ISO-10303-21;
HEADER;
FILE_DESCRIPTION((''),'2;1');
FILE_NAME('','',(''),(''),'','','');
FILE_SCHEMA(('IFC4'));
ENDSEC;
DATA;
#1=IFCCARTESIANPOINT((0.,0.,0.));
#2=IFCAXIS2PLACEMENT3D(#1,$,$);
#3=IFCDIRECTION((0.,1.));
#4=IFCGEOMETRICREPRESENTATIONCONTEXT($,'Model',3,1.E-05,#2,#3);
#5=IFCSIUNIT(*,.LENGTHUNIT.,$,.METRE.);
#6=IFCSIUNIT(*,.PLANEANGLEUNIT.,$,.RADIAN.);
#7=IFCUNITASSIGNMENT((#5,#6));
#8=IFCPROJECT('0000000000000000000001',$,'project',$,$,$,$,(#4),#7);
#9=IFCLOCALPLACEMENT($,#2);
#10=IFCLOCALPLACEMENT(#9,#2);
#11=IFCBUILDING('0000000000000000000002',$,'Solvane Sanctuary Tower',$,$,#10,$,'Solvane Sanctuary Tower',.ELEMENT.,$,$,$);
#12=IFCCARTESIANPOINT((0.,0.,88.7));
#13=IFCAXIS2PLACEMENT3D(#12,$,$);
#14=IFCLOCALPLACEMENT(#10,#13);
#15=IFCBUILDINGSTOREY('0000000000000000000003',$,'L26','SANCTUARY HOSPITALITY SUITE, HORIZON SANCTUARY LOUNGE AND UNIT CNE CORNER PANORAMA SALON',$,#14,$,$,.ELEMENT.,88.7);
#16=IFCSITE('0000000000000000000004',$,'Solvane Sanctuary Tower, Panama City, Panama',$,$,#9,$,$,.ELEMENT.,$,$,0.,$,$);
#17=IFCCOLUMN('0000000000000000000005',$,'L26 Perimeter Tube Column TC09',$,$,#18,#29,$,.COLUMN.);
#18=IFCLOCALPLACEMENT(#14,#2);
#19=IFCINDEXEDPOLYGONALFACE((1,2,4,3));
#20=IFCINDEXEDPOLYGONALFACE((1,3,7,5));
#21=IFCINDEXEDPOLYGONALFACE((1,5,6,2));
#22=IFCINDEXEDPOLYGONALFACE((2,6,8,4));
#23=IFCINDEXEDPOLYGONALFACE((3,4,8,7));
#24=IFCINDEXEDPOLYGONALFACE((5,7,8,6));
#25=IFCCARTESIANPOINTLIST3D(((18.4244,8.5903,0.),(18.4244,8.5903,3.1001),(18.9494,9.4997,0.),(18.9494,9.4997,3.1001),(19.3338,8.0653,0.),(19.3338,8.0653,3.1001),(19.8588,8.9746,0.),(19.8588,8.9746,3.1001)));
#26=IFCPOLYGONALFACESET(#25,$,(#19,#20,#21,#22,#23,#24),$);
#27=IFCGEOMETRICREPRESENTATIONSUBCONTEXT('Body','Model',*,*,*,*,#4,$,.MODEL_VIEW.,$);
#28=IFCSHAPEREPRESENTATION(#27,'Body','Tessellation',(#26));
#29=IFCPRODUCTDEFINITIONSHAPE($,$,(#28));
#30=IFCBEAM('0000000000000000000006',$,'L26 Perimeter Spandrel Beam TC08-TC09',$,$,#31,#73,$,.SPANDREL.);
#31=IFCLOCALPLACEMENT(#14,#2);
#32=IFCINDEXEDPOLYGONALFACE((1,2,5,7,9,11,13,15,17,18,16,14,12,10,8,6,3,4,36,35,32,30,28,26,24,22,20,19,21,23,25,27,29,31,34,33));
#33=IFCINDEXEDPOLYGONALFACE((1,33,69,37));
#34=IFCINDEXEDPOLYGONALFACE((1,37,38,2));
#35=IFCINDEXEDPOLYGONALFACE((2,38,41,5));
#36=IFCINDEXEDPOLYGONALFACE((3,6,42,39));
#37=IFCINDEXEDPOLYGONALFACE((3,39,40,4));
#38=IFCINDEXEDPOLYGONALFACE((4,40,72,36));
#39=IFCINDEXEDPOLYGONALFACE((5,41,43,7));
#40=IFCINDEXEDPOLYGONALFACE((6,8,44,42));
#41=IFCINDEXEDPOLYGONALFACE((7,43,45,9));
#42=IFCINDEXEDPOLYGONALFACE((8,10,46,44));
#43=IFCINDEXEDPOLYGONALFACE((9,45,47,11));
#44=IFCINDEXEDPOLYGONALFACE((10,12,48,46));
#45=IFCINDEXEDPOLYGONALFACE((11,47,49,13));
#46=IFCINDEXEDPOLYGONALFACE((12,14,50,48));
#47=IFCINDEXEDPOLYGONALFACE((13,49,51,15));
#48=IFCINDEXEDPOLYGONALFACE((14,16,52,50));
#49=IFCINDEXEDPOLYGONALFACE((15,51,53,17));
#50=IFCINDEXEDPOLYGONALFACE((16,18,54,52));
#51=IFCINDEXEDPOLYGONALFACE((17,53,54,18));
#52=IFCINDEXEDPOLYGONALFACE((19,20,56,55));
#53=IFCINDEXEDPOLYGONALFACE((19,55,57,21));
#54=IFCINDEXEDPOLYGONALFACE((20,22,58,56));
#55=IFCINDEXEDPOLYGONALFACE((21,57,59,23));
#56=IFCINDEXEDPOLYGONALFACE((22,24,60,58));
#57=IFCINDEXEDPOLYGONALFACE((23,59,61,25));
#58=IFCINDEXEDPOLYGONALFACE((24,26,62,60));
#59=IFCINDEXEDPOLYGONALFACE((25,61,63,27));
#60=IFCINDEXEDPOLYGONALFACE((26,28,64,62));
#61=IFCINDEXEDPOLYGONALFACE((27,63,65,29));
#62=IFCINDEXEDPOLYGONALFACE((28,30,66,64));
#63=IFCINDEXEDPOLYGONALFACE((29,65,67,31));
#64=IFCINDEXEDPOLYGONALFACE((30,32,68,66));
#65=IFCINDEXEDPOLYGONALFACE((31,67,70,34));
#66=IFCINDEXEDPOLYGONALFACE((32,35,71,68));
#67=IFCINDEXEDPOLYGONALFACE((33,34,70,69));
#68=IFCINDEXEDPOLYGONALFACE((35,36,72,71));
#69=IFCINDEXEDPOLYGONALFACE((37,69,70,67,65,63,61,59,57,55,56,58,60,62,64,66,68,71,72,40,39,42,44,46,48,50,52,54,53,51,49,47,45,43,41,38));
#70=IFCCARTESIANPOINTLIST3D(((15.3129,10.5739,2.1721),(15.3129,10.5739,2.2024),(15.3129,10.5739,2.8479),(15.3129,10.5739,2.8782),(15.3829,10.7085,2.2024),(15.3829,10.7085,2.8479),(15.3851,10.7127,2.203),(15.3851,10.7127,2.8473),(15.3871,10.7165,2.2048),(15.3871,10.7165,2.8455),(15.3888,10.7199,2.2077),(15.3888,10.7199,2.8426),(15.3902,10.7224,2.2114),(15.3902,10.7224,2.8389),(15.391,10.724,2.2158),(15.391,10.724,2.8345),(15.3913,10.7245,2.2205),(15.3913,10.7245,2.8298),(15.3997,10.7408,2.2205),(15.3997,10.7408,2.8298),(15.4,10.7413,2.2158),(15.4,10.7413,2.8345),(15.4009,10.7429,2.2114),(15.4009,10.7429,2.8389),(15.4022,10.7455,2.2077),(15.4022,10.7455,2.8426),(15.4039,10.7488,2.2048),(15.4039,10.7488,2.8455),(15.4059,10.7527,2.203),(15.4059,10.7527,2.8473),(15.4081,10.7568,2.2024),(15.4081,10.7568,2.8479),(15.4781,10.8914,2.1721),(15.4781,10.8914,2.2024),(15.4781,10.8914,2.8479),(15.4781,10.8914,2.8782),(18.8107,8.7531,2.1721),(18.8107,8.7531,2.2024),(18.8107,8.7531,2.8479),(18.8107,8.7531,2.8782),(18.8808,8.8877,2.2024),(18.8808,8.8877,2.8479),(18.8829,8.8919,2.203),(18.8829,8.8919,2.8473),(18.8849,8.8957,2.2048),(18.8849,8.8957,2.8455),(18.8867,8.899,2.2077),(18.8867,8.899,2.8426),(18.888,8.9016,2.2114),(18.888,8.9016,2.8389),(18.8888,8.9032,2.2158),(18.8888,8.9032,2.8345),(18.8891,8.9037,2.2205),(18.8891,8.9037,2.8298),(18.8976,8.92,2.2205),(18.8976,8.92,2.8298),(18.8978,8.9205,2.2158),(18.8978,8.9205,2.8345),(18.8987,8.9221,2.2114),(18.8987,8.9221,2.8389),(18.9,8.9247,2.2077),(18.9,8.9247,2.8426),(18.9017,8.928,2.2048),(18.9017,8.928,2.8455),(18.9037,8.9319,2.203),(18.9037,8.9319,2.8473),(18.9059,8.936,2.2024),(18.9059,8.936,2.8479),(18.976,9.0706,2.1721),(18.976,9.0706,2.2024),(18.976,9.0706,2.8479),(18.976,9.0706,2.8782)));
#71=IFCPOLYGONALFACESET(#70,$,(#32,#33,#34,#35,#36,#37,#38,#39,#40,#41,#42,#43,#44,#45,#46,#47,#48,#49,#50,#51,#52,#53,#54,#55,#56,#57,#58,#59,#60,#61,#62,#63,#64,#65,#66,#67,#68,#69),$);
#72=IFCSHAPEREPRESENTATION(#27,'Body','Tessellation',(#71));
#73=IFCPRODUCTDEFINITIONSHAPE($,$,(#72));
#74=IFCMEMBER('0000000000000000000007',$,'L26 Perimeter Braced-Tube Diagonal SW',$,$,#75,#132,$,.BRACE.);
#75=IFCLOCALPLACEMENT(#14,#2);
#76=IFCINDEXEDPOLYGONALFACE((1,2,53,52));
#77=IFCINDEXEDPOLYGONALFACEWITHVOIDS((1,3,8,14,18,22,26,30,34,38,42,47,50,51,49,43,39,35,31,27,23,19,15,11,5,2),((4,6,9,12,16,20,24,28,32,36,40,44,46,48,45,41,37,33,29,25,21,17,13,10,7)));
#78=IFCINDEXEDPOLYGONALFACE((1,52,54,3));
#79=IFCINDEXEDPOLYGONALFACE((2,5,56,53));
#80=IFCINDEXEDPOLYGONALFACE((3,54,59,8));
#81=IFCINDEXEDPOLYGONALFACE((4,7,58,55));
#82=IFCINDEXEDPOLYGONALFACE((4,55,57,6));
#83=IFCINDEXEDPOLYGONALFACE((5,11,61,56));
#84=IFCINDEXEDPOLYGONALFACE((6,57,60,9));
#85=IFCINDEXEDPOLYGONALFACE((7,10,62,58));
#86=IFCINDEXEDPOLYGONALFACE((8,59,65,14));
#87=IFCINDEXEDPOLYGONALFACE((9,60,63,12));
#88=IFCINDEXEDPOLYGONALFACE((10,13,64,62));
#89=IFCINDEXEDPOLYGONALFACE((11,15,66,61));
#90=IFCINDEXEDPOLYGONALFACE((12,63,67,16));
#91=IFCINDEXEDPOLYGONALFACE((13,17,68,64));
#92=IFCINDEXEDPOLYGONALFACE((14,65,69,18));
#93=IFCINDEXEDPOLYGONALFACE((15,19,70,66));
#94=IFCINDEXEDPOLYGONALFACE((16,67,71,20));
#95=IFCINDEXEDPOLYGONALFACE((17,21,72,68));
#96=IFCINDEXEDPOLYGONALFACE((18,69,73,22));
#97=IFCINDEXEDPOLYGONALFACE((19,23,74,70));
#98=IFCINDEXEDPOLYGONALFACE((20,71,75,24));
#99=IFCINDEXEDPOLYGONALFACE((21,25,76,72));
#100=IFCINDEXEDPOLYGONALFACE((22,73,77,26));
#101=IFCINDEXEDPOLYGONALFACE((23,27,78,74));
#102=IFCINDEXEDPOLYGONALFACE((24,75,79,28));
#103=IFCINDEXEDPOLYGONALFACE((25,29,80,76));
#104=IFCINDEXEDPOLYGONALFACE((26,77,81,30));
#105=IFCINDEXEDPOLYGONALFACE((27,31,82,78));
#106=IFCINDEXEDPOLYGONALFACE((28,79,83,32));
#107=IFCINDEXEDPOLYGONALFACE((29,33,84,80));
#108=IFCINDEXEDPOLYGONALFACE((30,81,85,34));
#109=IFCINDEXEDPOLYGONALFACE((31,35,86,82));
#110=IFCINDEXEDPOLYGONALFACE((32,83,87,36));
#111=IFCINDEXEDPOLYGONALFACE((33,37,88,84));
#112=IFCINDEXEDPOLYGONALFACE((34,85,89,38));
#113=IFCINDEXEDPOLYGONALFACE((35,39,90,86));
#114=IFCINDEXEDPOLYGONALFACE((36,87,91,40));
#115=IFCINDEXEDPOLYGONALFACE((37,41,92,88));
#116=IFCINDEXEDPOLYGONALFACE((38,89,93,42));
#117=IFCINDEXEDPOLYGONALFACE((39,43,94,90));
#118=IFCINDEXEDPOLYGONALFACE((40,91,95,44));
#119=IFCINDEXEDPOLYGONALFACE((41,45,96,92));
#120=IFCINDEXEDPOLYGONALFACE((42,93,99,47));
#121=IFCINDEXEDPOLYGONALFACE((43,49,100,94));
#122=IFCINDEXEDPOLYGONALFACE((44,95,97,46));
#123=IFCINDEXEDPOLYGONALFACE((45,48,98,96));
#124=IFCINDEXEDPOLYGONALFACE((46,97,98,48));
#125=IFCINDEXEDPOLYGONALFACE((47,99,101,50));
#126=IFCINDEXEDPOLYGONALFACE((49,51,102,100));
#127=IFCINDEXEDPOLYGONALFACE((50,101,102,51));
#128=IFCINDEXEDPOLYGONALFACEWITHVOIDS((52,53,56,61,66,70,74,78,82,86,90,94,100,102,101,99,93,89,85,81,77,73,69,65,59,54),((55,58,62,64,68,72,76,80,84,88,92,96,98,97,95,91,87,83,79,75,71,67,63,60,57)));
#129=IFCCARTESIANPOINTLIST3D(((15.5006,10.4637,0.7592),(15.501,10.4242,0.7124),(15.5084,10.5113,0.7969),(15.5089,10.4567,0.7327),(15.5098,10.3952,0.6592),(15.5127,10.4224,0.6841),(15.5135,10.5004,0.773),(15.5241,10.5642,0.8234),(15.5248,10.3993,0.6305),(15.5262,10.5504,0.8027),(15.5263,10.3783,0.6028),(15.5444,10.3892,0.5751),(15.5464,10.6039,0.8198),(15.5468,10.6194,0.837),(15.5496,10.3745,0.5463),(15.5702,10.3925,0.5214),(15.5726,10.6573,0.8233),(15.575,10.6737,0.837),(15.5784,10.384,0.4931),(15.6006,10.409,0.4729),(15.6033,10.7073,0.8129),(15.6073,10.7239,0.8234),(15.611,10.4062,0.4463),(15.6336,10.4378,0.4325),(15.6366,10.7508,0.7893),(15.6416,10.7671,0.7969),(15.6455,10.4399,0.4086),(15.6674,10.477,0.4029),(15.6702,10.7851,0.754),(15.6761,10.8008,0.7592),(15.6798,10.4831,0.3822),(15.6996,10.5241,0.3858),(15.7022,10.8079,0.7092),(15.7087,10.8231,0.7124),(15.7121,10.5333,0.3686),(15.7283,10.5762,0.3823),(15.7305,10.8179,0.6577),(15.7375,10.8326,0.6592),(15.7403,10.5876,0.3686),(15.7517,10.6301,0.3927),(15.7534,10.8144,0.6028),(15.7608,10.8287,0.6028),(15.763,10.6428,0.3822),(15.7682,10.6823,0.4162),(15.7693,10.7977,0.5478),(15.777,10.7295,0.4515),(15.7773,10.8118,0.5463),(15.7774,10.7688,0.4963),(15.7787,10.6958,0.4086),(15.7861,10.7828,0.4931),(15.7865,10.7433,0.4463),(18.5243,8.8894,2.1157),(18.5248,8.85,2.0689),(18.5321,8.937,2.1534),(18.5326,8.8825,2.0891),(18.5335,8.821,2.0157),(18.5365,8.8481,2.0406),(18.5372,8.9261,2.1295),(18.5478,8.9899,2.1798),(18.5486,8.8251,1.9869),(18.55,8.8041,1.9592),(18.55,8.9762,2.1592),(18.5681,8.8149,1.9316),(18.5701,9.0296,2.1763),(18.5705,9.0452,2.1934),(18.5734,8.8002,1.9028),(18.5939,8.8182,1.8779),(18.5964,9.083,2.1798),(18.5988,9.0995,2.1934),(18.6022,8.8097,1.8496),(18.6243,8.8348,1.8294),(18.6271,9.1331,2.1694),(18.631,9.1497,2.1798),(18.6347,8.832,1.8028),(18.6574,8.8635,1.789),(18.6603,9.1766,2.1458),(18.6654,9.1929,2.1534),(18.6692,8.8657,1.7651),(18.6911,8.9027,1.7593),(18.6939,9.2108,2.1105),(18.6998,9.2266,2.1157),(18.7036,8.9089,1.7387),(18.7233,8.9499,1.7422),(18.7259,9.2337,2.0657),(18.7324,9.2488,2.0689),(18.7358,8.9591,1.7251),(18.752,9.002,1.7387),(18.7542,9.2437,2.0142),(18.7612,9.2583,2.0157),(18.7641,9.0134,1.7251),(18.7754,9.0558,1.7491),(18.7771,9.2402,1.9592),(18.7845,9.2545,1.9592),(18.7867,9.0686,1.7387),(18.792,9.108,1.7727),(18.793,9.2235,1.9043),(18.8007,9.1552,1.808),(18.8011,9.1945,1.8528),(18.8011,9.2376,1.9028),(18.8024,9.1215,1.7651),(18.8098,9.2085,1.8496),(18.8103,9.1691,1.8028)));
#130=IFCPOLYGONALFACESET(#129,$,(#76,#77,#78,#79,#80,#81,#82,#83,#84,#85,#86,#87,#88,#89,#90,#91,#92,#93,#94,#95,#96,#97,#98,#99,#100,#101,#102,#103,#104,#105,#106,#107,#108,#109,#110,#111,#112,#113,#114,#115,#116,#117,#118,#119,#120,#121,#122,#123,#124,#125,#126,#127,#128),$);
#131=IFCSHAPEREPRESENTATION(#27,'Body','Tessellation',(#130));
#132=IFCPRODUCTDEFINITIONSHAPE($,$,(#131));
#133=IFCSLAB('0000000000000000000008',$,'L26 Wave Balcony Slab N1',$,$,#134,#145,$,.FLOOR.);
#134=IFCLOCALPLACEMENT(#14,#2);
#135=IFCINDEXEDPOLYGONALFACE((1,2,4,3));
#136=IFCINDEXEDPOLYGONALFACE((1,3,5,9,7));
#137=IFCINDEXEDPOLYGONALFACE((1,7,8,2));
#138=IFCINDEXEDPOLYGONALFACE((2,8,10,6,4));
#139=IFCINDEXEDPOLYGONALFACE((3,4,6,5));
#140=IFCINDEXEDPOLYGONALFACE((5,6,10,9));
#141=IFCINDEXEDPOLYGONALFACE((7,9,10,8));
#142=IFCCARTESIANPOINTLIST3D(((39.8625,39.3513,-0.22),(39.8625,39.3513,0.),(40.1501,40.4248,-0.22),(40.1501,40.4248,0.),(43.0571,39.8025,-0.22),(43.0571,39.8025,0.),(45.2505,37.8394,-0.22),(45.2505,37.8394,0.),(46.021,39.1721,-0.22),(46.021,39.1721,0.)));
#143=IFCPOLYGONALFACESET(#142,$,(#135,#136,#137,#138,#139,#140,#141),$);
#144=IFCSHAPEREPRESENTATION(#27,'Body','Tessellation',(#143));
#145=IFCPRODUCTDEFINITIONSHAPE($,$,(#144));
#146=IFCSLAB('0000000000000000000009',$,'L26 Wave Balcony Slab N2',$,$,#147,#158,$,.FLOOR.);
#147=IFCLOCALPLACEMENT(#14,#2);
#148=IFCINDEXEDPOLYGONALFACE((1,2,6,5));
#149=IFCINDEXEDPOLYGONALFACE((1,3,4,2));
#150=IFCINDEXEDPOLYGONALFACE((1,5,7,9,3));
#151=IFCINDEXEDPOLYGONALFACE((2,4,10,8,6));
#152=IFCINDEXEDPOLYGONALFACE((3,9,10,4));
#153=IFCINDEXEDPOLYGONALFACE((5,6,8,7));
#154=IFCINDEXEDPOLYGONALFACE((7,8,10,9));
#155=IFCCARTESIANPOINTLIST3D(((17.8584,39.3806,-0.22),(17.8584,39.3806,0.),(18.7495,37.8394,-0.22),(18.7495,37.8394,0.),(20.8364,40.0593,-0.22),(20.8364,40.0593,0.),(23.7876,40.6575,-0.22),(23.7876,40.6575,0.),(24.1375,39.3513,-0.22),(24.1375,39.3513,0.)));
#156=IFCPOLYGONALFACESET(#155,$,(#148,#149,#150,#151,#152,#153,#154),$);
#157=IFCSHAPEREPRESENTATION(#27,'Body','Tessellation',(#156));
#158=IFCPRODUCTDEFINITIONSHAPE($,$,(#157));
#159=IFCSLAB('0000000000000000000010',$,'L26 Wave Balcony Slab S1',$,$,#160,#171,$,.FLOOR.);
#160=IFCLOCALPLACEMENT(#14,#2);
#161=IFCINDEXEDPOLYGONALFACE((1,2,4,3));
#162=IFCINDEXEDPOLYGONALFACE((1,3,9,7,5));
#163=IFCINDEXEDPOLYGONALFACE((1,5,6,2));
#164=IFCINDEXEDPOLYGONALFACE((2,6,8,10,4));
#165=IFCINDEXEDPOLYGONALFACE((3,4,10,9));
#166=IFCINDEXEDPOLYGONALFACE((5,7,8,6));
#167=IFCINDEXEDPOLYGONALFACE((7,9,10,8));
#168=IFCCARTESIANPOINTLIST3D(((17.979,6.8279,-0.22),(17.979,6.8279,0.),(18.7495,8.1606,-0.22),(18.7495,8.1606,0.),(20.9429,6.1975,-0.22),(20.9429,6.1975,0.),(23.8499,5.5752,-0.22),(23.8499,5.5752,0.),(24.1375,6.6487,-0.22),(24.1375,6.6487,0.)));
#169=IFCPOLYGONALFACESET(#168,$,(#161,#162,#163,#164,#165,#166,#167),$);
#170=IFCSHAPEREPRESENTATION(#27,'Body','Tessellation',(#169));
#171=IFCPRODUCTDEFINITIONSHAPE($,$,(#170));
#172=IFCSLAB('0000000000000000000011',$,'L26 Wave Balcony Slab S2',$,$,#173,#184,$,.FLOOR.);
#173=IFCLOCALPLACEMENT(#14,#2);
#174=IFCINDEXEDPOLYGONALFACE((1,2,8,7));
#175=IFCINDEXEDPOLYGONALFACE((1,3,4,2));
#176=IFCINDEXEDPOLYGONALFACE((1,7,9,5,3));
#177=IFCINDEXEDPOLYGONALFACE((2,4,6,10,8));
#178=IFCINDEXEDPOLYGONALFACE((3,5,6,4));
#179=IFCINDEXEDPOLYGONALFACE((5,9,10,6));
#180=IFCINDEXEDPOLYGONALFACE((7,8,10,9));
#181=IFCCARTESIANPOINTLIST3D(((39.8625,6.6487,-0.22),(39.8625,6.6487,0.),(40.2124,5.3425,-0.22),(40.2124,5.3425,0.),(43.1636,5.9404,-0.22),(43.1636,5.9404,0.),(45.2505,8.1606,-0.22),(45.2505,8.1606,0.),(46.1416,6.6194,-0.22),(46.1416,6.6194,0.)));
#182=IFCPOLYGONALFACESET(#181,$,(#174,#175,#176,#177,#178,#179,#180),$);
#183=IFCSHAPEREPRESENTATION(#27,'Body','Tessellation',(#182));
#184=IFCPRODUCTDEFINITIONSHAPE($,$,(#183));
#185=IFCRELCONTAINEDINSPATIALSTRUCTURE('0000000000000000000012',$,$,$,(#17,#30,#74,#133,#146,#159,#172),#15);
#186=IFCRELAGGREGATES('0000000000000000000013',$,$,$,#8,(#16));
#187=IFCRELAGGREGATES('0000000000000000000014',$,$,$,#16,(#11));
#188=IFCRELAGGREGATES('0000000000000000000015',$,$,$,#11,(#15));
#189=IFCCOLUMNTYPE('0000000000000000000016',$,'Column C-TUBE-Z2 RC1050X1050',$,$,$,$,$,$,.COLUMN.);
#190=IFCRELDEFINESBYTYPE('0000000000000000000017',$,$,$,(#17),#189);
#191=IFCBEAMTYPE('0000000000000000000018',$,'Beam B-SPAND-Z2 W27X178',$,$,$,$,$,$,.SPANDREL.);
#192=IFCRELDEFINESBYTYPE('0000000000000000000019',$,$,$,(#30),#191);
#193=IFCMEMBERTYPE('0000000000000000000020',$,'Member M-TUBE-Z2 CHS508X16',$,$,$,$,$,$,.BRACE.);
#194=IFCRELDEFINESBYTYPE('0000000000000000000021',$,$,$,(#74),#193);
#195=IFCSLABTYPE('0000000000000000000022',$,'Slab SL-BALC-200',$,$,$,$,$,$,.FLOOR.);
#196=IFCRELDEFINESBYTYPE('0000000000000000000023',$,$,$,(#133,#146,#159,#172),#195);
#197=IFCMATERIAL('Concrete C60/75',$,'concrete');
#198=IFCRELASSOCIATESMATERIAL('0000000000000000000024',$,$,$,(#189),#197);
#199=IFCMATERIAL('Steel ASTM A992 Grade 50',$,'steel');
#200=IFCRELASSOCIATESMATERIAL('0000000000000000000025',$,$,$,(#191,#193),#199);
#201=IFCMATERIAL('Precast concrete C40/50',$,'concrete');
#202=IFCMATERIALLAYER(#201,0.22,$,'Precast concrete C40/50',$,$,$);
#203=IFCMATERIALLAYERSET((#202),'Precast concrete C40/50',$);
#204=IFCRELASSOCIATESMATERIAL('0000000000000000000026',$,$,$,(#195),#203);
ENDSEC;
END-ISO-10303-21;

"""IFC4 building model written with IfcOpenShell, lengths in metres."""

from ifc_helpers import new_model, si_unit, direction, frame, origin, origin_2d, place, context, subcontext, project, spatial, polyline, rectangle, hollow_circle, i_section, outline, extrude, material, layer, layer_set, material_profile, profile_set, type_object, element, save


model = new_model("IFC4")

# Units and contexts
model_context = context("Model", 3, precision=1e-05, world=origin(), true_north=direction((0.0, 1.0)))
body_context = subcontext(model_context, "Body", "Model", "MODEL_VIEW")
ifc_project = project(units=[si_unit("LENGTHUNIT", "METRE"), si_unit("PLANEANGLEUNIT", "RADIAN")], contexts=[model_context])

# Site, building, storey
site_placement = place(None, origin())
site = spatial("IfcSite", under=ifc_project, at=site_placement, Name="Solvane Sanctuary Tower, Panama City, Panama", CompositionType="ELEMENT", RefElevation=0.0)
building_placement = place(site_placement, origin())
building = spatial("IfcBuilding", under=site, at=building_placement, Name="Solvane Sanctuary Tower", LongName="Solvane Sanctuary Tower", CompositionType="ELEMENT")
storey_placement = place(building_placement, frame((0.0, 0.0, 88.7)))
storey = spatial("IfcBuildingStorey", under=building, at=storey_placement, Name="L26", Description="SANCTUARY HOSPITALITY SUITE, HORIZON SANCTUARY LOUNGE AND UNIT CNE CORNER PANORAMA SALON", CompositionType="ELEMENT", Elevation=88.7)

# Column
ifc_material_1 = material(Name="Concrete C60/75", Category="concrete")
ifc_material_profile_1 = material_profile(ifc_material_1, rectangle(XDim=1.05, YDim=1.05, at=origin_2d()), Name="RC1050X1050")
ifc_profile_set_1 = profile_set([ifc_material_profile_1], Name="Concrete C60/75")
column_type = type_object("IfcColumnType", Name="Column C-TUBE-Z2 RC1050X1050", PredefinedType="COLUMN", material=ifc_profile_set_1)
column_placement = place(storey_placement, frame((19.1416, 8.7825, 0.0), z_axis=(0.0, 0.0, 1.0), x_axis=(-0.5, -0.866025, 0.0)))
element("IfcColumn", 1, at=column_placement, inside=storey, type_object=column_type, Name="L26 Perimeter Tube Column TC09", PredefinedType="COLUMN", context=body_context, shape_type="SweptSolid", body=[
    extrude(rectangle(XDim=1.05, YDim=1.05, at=origin_2d()), origin(), (0.0, 0.0, 1.0), 3.1001),
])

# Beam
ifc_material_2 = material(Name="Steel ASTM A992 Grade 50", Category="steel")
ifc_material_profile_2 = material_profile(ifc_material_2, i_section(OverallWidth=0.3579, OverallDepth=0.7061, WebThickness=0.0183, FlangeThickness=0.0303, FilletRadius=0.0181, at=origin_2d()), Name="W27X178")
ifc_profile_set_2 = profile_set([ifc_material_profile_2], Name="Steel ASTM A992 Grade 50")
beam_type = type_object("IfcBeamType", Name="Beam B-SPAND-Z2 W27X178", PredefinedType="SPANDREL", material=ifc_profile_set_2)
beam_placement = place(storey_placement, frame((15.3955, 10.7327, 2.5251), z_axis=(0.887015, -0.461741, 0.0), x_axis=(0.461741, 0.887015, 0.0)))
element("IfcBeam", 2, at=beam_placement, inside=storey, type_object=beam_type, Name="L26 Perimeter Spandrel Beam TC08-TC09", PredefinedType="SPANDREL", context=body_context, shape_type="SweptSolid", body=[
    extrude(i_section(OverallWidth=0.3579, OverallDepth=0.7061, WebThickness=0.0183, FlangeThickness=0.0303, FilletRadius=0.0181, at=origin_2d()), origin(), (0.0, 0.0, 1.0), 3.9434),
])

# Member
ifc_material_profile_3 = material_profile(ifc_material_2, hollow_circle(Radius=0.2539, WallThickness=0.0161, at=origin_2d()), Name="CHS508X16")
ifc_profile_set_3 = profile_set([ifc_material_profile_3], Name="Steel ASTM A992 Grade 50")
member_type = type_object("IfcMemberType", Name="Member M-TUBE-Z2 CHS508X16", PredefinedType="BRACE", material=ifc_profile_set_3)
member_placement = place(storey_placement, frame((15.6436, 10.6035, 0.6028), z_axis=(0.824141, -0.429072, 0.369715), x_axis=(0.461792, 0.886988, 0.0)))
element("IfcMember", 3, at=member_placement, inside=storey, type_object=member_type, Name="L26 Perimeter Braced-Tube Diagonal SW", PredefinedType="BRACE", context=body_context, shape_type="SweptSolid", body=[
    extrude(hollow_circle(Radius=0.2539, WallThickness=0.0161, at=origin_2d()), origin(), (0.0, 0.0, 1.0), 3.6689),
])

# Slabs
ifc_material_3 = material(Name="Precast concrete C40/50", Category="concrete")
ifc_layer_1 = layer(ifc_material_3, 0.22, Name="Precast concrete C40/50")
ifc_layer_set_1 = layer_set([ifc_layer_1], Name="Precast concrete C40/50")
slab_type_1 = type_object("IfcSlabType", Name="Slab SL-BALC-200", PredefinedType="FLOOR", material=ifc_layer_set_1)
slab_1_placement = place(storey_placement, frame((0.0, 0.0, -0.22)))
element("IfcSlab", 4, at=slab_1_placement, inside=storey, type_object=slab_type_1, Name="L26 Wave Balcony Slab N1", PredefinedType="FLOOR", context=body_context, shape_type="SweptSolid", body=[
    extrude(outline(polyline([(46.021, 39.1721), (43.0571, 39.8025), (40.1501, 40.4248), (39.8625, 39.3513), (45.2505, 37.8394), (46.021, 39.1721)])), origin(), (0.0, 0.0, 1.0), 0.22),
])
slab_2_placement = place(storey_placement, frame((0.0, 0.0, -0.22)))
element("IfcSlab", 5, at=slab_2_placement, inside=storey, type_object=slab_type_1, Name="L26 Wave Balcony Slab N2", PredefinedType="FLOOR", context=body_context, shape_type="SweptSolid", body=[
    extrude(outline(polyline([(23.7876, 40.6575), (20.8364, 40.0593), (17.8584, 39.3806), (18.7495, 37.8394), (24.1375, 39.3513), (23.7876, 40.6575)])), origin(), (0.0, 0.0, 1.0), 0.22),
])
slab_3_placement = place(storey_placement, frame((0.0, 0.0, -0.22)))
element("IfcSlab", 6, at=slab_3_placement, inside=storey, type_object=slab_type_1, Name="L26 Wave Balcony Slab S1", PredefinedType="FLOOR", context=body_context, shape_type="SweptSolid", body=[
    extrude(outline(polyline([(17.979, 6.8279), (20.9429, 6.1975), (23.8499, 5.5752), (24.1375, 6.6487), (18.7495, 8.1606), (17.979, 6.8279)])), origin(), (0.0, 0.0, 1.0), 0.22),
])
slab_4_placement = place(storey_placement, frame((0.0, 0.0, -0.22)))
element("IfcSlab", 7, at=slab_4_placement, inside=storey, type_object=slab_type_1, Name="L26 Wave Balcony Slab S2", PredefinedType="FLOOR", context=body_context, shape_type="SweptSolid", body=[
    extrude(outline(polyline([(40.2124, 5.3425), (43.1636, 5.9404), (46.1416, 6.6194), (45.2505, 8.1606), (39.8625, 6.6487), (40.2124, 5.3425)])), origin(), (0.0, 0.0, 1.0), 0.22),
])

save(model, "model.ifc")
